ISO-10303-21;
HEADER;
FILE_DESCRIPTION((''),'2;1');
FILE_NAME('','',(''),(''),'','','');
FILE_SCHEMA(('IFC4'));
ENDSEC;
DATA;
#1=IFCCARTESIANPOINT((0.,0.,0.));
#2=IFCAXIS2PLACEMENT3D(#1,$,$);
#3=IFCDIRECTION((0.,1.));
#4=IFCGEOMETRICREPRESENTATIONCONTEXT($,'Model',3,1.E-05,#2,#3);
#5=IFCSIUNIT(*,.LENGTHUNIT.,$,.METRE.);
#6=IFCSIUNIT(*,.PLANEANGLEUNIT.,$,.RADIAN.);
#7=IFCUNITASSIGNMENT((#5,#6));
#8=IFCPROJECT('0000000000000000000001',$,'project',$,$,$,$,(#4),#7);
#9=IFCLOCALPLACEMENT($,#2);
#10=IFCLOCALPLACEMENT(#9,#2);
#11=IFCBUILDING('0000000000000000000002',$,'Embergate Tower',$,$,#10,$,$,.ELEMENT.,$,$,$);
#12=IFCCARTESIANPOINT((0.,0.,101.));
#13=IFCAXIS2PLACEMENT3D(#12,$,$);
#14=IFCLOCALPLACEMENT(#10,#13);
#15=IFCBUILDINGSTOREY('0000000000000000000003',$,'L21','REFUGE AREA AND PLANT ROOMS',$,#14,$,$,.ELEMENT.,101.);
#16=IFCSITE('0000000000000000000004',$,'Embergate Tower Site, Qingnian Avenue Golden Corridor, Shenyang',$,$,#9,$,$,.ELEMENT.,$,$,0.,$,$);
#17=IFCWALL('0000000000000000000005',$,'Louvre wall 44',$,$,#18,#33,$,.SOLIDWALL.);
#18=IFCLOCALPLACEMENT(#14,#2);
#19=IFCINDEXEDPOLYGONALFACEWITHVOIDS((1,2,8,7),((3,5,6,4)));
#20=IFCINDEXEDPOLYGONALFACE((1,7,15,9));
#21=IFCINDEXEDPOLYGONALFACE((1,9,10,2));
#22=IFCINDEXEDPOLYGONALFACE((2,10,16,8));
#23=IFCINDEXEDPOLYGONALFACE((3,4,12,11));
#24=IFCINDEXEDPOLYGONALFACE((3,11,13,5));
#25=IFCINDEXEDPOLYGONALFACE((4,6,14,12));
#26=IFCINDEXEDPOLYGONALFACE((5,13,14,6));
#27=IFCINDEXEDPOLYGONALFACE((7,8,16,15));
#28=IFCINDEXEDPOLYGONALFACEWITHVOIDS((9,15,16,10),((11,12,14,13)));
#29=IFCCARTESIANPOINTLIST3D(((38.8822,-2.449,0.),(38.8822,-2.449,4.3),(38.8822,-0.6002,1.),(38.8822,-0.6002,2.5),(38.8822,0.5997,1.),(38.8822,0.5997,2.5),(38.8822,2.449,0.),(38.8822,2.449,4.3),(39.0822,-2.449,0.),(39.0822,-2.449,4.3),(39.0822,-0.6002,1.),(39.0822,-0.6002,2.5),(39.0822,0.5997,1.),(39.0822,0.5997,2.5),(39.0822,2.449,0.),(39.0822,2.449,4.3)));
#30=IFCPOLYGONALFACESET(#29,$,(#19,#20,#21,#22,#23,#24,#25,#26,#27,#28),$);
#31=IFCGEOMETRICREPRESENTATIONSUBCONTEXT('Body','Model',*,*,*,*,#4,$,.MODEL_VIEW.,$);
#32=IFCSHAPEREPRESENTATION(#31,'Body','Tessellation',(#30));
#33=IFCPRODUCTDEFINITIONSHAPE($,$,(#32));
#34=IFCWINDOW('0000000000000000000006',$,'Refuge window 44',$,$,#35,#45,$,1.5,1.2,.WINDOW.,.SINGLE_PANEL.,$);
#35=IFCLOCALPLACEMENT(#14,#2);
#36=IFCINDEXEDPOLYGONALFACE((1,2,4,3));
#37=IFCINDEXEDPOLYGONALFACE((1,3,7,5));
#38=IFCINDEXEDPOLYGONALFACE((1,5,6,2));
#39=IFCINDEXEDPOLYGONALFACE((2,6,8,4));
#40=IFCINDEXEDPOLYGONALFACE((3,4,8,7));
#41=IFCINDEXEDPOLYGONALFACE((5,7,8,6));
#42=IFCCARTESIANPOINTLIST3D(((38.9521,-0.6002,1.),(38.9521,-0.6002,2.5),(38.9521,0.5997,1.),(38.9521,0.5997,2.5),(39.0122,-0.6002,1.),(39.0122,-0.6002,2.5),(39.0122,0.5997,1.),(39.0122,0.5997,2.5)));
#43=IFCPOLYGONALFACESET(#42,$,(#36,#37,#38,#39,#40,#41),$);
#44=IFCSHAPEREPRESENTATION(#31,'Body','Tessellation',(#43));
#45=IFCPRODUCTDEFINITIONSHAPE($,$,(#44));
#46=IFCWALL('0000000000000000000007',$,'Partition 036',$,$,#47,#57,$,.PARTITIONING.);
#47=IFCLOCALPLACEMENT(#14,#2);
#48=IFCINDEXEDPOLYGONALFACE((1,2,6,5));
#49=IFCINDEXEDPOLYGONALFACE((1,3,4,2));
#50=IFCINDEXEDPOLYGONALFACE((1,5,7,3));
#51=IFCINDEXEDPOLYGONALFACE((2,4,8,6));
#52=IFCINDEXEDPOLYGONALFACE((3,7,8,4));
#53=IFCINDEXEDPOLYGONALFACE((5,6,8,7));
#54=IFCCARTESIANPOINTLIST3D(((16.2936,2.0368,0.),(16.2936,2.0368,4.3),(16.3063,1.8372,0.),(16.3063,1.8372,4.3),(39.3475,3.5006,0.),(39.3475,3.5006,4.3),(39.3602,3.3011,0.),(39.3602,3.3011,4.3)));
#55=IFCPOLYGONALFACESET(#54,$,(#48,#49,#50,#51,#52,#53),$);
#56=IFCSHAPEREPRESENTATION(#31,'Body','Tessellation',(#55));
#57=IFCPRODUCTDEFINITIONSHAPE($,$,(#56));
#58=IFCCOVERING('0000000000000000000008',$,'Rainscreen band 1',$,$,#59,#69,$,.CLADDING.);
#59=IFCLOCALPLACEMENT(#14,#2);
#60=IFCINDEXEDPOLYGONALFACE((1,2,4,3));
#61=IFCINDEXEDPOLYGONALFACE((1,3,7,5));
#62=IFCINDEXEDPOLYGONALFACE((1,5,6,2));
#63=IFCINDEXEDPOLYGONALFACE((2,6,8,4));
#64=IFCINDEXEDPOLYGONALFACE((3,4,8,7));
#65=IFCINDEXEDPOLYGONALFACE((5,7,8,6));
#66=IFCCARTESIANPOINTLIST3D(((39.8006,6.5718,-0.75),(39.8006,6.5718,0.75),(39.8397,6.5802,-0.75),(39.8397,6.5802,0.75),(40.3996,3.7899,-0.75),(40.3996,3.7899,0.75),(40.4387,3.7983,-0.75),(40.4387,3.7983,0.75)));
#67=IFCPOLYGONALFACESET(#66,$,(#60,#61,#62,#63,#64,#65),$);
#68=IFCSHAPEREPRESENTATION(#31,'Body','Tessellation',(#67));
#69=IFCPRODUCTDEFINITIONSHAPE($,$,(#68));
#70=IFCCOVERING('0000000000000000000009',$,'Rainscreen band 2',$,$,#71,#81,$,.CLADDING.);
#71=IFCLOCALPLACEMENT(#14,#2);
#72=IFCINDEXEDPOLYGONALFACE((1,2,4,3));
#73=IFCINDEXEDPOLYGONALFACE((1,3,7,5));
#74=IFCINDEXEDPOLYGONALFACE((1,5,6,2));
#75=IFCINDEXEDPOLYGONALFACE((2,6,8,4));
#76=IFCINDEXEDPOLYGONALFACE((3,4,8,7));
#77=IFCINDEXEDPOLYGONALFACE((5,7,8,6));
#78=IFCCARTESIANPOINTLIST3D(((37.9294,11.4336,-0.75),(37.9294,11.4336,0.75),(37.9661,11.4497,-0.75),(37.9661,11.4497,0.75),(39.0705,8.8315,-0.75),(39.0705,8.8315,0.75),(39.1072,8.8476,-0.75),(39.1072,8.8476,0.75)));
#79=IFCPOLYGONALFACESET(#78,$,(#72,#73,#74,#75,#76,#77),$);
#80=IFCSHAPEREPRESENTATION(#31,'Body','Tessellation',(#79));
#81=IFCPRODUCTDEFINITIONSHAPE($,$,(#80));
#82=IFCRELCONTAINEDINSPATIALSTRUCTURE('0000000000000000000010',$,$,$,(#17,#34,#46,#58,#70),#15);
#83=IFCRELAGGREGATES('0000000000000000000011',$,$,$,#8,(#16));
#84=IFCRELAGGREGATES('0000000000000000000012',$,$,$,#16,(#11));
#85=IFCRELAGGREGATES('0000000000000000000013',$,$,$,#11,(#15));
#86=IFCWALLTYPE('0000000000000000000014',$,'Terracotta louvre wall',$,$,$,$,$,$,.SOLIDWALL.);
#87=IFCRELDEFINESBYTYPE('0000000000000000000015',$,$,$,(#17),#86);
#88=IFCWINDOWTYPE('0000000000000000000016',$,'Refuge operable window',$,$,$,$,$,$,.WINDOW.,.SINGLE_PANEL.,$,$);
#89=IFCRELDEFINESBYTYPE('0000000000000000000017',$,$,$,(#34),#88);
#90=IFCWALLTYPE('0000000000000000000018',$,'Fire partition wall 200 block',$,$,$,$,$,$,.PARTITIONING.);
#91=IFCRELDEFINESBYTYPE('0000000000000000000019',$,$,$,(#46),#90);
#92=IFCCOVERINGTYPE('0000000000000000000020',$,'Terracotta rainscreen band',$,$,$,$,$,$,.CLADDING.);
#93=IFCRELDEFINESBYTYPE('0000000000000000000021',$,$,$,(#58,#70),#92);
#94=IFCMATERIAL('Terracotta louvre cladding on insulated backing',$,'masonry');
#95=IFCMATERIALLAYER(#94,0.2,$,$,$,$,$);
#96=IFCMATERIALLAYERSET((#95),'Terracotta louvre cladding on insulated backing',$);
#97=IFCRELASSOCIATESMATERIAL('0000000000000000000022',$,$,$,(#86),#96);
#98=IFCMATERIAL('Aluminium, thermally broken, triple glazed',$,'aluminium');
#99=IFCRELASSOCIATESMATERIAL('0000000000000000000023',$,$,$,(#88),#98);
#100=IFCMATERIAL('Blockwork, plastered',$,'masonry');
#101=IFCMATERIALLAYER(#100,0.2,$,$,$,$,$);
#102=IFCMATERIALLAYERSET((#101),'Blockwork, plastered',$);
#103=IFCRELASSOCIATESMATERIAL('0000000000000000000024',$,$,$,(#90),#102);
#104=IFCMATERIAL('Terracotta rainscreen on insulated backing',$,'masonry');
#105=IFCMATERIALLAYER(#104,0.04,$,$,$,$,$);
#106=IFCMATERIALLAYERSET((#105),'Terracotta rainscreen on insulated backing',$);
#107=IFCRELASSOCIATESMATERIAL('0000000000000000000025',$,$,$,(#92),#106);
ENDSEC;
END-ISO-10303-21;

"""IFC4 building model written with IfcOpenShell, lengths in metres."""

from ifc_helpers import new_model, si_unit, direction, frame, frame_2d, origin, origin_2d, place, context, subcontext, project, spatial, rectangle, extrude, source, transform, mapped, material, layer, layer_set, type_object, element, fill, save


model = new_model("IFC4")

# Units and contexts
model_context = context("Model", 3, precision=1e-05, world=origin(), true_north=direction((0.0, 1.0)))
body_context = subcontext(model_context, "Body", "Model", "MODEL_VIEW")
ifc_project = project(units=[si_unit("LENGTHUNIT", "METRE"), si_unit("PLANEANGLEUNIT", "RADIAN")], contexts=[model_context])

# Site, building, storey
site_placement = place(None, origin())
site = spatial("IfcSite", under=ifc_project, at=site_placement, Name="Embergate Tower Site, Qingnian Avenue Golden Corridor, Shenyang", CompositionType="ELEMENT", RefElevation=0.0)
building_placement = place(site_placement, origin())
building = spatial("IfcBuilding", under=site, at=building_placement, Name="Embergate Tower", CompositionType="ELEMENT")
storey_placement = place(building_placement, frame((0.0, 0.0, 101.0)))
storey = spatial("IfcBuildingStorey", under=building, at=storey_placement, Name="L21", Description="REFUGE AREA AND PLANT ROOMS", CompositionType="ELEMENT", Elevation=101.0)

# Wall, opening, window
ifc_material_1 = material(Name="Terracotta louvre cladding on insulated backing", Category="masonry")
ifc_layer_1 = layer(ifc_material_1, 0.2)
ifc_layer_set_1 = layer_set([ifc_layer_1], Name="Terracotta louvre cladding on insulated backing")
wall_type_1 = type_object("IfcWallType", Name="Terracotta louvre wall", PredefinedType="SOLIDWALL", material=ifc_layer_set_1)
shared_shape_1 = source(origin(), body_context, "Body", "SweptSolid", [
    extrude(rectangle(XDim=1.2, YDim=1.5, at=frame_2d((0.6001, 0.75))), frame((0.0, 0.1099, 0.0), z_axis=(0.0, -1.0, 0.0), x_axis=(1.0, 0.0, 0.0)), (0.0, 0.0, 1.0), 0.22),
])
ifc_material_2 = material(Name="Aluminium, thermally broken, triple glazed", Category="aluminium")
window_type = type_object("IfcWindowType", Name="Refuge operable window", PartitioningType="SINGLE_PANEL", PredefinedType="WINDOW", material=ifc_material_2)
shared_shape_2 = source(origin(), body_context, "Body", "SweptSolid", [
    extrude(rectangle(XDim=1.2, YDim=1.5, at=frame_2d((0.6001, 0.75))), frame((0.0, 0.03, 0.0), z_axis=(0.0, -1.0, 0.0), x_axis=(1.0, 0.0, 0.0)), (0.0, 0.0, 1.0), 0.0601),
])
shared_shape_3 = source(origin(), body_context, "Body", "SweptSolid", [
    extrude(rectangle(XDim=4.8979, YDim=0.2, at=frame_2d((2.449, 0.0))), origin(), (0.0, 0.0, 1.0), 4.3),
])
wall_1_placement = place(storey_placement, frame((38.9822, 2.449, 0.0), z_axis=(0.0, 0.0, 1.0), x_axis=(0.0, -1.0, 0.0)))
wall_1 = element("IfcWall", 1, at=wall_1_placement, inside=storey, type_object=wall_type_1, Name="Louvre wall 44", PredefinedType="SOLIDWALL", context=body_context, shape_type="MappedRepresentation", body=[
    mapped(shared_shape_3, transform((0.0, 0.0, 0.0))),
])
opening_1_placement = place(wall_1_placement, frame((1.8491, 0.0, 1.0)))
opening_1 = element("IfcOpeningElement", 2, at=opening_1_placement, cuts=wall_1, PredefinedType="OPENING", context=body_context, shape_type="MappedRepresentation", body=[
    mapped(shared_shape_1, transform((0.0, 0.0, 0.0))),
])
window_1_placement = place(opening_1_placement, origin())
window_1 = element("IfcWindow", 3, at=window_1_placement, inside=storey, type_object=window_type, Name="Refuge window 44", OverallHeight=1.5, OverallWidth=1.2, PartitioningType="SINGLE_PANEL", PredefinedType="WINDOW", context=body_context, shape_type="MappedRepresentation", body=[
    mapped(shared_shape_2, transform((0.0, 0.0, 0.0))),
])
fill(opening_1, window_1)

# Wall
ifc_material_3 = material(Name="Blockwork, plastered", Category="masonry")
ifc_layer_2 = layer(ifc_material_3, 0.2)
ifc_layer_set_2 = layer_set([ifc_layer_2], Name="Blockwork, plastered")
wall_type_2 = type_object("IfcWallType", Name="Fire partition wall 200 block", PredefinedType="PARTITIONING", material=ifc_layer_set_2)
shared_shape_4 = source(origin(), body_context, "Body", "SweptSolid", [
    extrude(rectangle(XDim=23.1003, YDim=0.2, at=frame_2d((11.5503, 0.0))), origin(), (0.0, 0.0, 1.0), 4.3),
])
wall_2_placement = place(storey_placement, frame((39.354, 3.4009, 0.0), z_axis=(0.0, 0.0, 1.0), x_axis=(-0.99799, -0.06337, 0.0)))
element("IfcWall", 4, at=wall_2_placement, inside=storey, type_object=wall_type_2, Name="Partition 036", PredefinedType="PARTITIONING", context=body_context, shape_type="MappedRepresentation", body=[
    mapped(shared_shape_4, transform((0.0, 0.0, 0.0))),
])

# Coverings
ifc_material_4 = material(Name="Terracotta rainscreen on insulated backing", Category="masonry")
ifc_layer_3 = layer(ifc_material_4, 0.04)
ifc_layer_set_3 = layer_set([ifc_layer_3], Name="Terracotta rainscreen on insulated backing")
covering_type = type_object("IfcCoveringType", Name="Terracotta rainscreen band", PredefinedType="CLADDING", material=ifc_layer_set_3)
shared_shape_5 = source(origin(), body_context, "Body", "SweptSolid", [
    extrude(rectangle(XDim=2.8457, YDim=0.04, at=origin_2d()), origin(), (0.0, 0.0, 1.0), 1.5),
])
covering_1_placement = place(storey_placement, frame((40.1196, 5.1851, -0.75), z_axis=(0.0, 0.0, 1.0), x_axis=(-0.210489, 0.977596, 0.0)))
element("IfcCovering", 5, at=covering_1_placement, inside=storey, type_object=covering_type, Name="Rainscreen band 1", PredefinedType="CLADDING", context=body_context, shape_type="MappedRepresentation", body=[
    mapped(shared_shape_5, transform((0.0, 0.0, 0.0))),
])
shared_shape_6 = source(origin(), body_context, "Body", "SweptSolid", [
    extrude(rectangle(XDim=2.8413, YDim=0.04, at=origin_2d()), origin(), (0.0, 0.0, 1.0), 1.5),
])
covering_2_placement = place(storey_placement, frame((38.5183, 10.1406, -0.75), z_axis=(0.0, 0.0, 1.0), x_axis=(-0.401595, 0.915818, 0.0)))
element("IfcCovering", 6, at=covering_2_placement, inside=storey, type_object=covering_type, Name="Rainscreen band 2", PredefinedType="CLADDING", context=body_context, shape_type="MappedRepresentation", body=[
    mapped(shared_shape_6, transform((0.0, 0.0, 0.0))),
])

save(model, "model.ifc")
